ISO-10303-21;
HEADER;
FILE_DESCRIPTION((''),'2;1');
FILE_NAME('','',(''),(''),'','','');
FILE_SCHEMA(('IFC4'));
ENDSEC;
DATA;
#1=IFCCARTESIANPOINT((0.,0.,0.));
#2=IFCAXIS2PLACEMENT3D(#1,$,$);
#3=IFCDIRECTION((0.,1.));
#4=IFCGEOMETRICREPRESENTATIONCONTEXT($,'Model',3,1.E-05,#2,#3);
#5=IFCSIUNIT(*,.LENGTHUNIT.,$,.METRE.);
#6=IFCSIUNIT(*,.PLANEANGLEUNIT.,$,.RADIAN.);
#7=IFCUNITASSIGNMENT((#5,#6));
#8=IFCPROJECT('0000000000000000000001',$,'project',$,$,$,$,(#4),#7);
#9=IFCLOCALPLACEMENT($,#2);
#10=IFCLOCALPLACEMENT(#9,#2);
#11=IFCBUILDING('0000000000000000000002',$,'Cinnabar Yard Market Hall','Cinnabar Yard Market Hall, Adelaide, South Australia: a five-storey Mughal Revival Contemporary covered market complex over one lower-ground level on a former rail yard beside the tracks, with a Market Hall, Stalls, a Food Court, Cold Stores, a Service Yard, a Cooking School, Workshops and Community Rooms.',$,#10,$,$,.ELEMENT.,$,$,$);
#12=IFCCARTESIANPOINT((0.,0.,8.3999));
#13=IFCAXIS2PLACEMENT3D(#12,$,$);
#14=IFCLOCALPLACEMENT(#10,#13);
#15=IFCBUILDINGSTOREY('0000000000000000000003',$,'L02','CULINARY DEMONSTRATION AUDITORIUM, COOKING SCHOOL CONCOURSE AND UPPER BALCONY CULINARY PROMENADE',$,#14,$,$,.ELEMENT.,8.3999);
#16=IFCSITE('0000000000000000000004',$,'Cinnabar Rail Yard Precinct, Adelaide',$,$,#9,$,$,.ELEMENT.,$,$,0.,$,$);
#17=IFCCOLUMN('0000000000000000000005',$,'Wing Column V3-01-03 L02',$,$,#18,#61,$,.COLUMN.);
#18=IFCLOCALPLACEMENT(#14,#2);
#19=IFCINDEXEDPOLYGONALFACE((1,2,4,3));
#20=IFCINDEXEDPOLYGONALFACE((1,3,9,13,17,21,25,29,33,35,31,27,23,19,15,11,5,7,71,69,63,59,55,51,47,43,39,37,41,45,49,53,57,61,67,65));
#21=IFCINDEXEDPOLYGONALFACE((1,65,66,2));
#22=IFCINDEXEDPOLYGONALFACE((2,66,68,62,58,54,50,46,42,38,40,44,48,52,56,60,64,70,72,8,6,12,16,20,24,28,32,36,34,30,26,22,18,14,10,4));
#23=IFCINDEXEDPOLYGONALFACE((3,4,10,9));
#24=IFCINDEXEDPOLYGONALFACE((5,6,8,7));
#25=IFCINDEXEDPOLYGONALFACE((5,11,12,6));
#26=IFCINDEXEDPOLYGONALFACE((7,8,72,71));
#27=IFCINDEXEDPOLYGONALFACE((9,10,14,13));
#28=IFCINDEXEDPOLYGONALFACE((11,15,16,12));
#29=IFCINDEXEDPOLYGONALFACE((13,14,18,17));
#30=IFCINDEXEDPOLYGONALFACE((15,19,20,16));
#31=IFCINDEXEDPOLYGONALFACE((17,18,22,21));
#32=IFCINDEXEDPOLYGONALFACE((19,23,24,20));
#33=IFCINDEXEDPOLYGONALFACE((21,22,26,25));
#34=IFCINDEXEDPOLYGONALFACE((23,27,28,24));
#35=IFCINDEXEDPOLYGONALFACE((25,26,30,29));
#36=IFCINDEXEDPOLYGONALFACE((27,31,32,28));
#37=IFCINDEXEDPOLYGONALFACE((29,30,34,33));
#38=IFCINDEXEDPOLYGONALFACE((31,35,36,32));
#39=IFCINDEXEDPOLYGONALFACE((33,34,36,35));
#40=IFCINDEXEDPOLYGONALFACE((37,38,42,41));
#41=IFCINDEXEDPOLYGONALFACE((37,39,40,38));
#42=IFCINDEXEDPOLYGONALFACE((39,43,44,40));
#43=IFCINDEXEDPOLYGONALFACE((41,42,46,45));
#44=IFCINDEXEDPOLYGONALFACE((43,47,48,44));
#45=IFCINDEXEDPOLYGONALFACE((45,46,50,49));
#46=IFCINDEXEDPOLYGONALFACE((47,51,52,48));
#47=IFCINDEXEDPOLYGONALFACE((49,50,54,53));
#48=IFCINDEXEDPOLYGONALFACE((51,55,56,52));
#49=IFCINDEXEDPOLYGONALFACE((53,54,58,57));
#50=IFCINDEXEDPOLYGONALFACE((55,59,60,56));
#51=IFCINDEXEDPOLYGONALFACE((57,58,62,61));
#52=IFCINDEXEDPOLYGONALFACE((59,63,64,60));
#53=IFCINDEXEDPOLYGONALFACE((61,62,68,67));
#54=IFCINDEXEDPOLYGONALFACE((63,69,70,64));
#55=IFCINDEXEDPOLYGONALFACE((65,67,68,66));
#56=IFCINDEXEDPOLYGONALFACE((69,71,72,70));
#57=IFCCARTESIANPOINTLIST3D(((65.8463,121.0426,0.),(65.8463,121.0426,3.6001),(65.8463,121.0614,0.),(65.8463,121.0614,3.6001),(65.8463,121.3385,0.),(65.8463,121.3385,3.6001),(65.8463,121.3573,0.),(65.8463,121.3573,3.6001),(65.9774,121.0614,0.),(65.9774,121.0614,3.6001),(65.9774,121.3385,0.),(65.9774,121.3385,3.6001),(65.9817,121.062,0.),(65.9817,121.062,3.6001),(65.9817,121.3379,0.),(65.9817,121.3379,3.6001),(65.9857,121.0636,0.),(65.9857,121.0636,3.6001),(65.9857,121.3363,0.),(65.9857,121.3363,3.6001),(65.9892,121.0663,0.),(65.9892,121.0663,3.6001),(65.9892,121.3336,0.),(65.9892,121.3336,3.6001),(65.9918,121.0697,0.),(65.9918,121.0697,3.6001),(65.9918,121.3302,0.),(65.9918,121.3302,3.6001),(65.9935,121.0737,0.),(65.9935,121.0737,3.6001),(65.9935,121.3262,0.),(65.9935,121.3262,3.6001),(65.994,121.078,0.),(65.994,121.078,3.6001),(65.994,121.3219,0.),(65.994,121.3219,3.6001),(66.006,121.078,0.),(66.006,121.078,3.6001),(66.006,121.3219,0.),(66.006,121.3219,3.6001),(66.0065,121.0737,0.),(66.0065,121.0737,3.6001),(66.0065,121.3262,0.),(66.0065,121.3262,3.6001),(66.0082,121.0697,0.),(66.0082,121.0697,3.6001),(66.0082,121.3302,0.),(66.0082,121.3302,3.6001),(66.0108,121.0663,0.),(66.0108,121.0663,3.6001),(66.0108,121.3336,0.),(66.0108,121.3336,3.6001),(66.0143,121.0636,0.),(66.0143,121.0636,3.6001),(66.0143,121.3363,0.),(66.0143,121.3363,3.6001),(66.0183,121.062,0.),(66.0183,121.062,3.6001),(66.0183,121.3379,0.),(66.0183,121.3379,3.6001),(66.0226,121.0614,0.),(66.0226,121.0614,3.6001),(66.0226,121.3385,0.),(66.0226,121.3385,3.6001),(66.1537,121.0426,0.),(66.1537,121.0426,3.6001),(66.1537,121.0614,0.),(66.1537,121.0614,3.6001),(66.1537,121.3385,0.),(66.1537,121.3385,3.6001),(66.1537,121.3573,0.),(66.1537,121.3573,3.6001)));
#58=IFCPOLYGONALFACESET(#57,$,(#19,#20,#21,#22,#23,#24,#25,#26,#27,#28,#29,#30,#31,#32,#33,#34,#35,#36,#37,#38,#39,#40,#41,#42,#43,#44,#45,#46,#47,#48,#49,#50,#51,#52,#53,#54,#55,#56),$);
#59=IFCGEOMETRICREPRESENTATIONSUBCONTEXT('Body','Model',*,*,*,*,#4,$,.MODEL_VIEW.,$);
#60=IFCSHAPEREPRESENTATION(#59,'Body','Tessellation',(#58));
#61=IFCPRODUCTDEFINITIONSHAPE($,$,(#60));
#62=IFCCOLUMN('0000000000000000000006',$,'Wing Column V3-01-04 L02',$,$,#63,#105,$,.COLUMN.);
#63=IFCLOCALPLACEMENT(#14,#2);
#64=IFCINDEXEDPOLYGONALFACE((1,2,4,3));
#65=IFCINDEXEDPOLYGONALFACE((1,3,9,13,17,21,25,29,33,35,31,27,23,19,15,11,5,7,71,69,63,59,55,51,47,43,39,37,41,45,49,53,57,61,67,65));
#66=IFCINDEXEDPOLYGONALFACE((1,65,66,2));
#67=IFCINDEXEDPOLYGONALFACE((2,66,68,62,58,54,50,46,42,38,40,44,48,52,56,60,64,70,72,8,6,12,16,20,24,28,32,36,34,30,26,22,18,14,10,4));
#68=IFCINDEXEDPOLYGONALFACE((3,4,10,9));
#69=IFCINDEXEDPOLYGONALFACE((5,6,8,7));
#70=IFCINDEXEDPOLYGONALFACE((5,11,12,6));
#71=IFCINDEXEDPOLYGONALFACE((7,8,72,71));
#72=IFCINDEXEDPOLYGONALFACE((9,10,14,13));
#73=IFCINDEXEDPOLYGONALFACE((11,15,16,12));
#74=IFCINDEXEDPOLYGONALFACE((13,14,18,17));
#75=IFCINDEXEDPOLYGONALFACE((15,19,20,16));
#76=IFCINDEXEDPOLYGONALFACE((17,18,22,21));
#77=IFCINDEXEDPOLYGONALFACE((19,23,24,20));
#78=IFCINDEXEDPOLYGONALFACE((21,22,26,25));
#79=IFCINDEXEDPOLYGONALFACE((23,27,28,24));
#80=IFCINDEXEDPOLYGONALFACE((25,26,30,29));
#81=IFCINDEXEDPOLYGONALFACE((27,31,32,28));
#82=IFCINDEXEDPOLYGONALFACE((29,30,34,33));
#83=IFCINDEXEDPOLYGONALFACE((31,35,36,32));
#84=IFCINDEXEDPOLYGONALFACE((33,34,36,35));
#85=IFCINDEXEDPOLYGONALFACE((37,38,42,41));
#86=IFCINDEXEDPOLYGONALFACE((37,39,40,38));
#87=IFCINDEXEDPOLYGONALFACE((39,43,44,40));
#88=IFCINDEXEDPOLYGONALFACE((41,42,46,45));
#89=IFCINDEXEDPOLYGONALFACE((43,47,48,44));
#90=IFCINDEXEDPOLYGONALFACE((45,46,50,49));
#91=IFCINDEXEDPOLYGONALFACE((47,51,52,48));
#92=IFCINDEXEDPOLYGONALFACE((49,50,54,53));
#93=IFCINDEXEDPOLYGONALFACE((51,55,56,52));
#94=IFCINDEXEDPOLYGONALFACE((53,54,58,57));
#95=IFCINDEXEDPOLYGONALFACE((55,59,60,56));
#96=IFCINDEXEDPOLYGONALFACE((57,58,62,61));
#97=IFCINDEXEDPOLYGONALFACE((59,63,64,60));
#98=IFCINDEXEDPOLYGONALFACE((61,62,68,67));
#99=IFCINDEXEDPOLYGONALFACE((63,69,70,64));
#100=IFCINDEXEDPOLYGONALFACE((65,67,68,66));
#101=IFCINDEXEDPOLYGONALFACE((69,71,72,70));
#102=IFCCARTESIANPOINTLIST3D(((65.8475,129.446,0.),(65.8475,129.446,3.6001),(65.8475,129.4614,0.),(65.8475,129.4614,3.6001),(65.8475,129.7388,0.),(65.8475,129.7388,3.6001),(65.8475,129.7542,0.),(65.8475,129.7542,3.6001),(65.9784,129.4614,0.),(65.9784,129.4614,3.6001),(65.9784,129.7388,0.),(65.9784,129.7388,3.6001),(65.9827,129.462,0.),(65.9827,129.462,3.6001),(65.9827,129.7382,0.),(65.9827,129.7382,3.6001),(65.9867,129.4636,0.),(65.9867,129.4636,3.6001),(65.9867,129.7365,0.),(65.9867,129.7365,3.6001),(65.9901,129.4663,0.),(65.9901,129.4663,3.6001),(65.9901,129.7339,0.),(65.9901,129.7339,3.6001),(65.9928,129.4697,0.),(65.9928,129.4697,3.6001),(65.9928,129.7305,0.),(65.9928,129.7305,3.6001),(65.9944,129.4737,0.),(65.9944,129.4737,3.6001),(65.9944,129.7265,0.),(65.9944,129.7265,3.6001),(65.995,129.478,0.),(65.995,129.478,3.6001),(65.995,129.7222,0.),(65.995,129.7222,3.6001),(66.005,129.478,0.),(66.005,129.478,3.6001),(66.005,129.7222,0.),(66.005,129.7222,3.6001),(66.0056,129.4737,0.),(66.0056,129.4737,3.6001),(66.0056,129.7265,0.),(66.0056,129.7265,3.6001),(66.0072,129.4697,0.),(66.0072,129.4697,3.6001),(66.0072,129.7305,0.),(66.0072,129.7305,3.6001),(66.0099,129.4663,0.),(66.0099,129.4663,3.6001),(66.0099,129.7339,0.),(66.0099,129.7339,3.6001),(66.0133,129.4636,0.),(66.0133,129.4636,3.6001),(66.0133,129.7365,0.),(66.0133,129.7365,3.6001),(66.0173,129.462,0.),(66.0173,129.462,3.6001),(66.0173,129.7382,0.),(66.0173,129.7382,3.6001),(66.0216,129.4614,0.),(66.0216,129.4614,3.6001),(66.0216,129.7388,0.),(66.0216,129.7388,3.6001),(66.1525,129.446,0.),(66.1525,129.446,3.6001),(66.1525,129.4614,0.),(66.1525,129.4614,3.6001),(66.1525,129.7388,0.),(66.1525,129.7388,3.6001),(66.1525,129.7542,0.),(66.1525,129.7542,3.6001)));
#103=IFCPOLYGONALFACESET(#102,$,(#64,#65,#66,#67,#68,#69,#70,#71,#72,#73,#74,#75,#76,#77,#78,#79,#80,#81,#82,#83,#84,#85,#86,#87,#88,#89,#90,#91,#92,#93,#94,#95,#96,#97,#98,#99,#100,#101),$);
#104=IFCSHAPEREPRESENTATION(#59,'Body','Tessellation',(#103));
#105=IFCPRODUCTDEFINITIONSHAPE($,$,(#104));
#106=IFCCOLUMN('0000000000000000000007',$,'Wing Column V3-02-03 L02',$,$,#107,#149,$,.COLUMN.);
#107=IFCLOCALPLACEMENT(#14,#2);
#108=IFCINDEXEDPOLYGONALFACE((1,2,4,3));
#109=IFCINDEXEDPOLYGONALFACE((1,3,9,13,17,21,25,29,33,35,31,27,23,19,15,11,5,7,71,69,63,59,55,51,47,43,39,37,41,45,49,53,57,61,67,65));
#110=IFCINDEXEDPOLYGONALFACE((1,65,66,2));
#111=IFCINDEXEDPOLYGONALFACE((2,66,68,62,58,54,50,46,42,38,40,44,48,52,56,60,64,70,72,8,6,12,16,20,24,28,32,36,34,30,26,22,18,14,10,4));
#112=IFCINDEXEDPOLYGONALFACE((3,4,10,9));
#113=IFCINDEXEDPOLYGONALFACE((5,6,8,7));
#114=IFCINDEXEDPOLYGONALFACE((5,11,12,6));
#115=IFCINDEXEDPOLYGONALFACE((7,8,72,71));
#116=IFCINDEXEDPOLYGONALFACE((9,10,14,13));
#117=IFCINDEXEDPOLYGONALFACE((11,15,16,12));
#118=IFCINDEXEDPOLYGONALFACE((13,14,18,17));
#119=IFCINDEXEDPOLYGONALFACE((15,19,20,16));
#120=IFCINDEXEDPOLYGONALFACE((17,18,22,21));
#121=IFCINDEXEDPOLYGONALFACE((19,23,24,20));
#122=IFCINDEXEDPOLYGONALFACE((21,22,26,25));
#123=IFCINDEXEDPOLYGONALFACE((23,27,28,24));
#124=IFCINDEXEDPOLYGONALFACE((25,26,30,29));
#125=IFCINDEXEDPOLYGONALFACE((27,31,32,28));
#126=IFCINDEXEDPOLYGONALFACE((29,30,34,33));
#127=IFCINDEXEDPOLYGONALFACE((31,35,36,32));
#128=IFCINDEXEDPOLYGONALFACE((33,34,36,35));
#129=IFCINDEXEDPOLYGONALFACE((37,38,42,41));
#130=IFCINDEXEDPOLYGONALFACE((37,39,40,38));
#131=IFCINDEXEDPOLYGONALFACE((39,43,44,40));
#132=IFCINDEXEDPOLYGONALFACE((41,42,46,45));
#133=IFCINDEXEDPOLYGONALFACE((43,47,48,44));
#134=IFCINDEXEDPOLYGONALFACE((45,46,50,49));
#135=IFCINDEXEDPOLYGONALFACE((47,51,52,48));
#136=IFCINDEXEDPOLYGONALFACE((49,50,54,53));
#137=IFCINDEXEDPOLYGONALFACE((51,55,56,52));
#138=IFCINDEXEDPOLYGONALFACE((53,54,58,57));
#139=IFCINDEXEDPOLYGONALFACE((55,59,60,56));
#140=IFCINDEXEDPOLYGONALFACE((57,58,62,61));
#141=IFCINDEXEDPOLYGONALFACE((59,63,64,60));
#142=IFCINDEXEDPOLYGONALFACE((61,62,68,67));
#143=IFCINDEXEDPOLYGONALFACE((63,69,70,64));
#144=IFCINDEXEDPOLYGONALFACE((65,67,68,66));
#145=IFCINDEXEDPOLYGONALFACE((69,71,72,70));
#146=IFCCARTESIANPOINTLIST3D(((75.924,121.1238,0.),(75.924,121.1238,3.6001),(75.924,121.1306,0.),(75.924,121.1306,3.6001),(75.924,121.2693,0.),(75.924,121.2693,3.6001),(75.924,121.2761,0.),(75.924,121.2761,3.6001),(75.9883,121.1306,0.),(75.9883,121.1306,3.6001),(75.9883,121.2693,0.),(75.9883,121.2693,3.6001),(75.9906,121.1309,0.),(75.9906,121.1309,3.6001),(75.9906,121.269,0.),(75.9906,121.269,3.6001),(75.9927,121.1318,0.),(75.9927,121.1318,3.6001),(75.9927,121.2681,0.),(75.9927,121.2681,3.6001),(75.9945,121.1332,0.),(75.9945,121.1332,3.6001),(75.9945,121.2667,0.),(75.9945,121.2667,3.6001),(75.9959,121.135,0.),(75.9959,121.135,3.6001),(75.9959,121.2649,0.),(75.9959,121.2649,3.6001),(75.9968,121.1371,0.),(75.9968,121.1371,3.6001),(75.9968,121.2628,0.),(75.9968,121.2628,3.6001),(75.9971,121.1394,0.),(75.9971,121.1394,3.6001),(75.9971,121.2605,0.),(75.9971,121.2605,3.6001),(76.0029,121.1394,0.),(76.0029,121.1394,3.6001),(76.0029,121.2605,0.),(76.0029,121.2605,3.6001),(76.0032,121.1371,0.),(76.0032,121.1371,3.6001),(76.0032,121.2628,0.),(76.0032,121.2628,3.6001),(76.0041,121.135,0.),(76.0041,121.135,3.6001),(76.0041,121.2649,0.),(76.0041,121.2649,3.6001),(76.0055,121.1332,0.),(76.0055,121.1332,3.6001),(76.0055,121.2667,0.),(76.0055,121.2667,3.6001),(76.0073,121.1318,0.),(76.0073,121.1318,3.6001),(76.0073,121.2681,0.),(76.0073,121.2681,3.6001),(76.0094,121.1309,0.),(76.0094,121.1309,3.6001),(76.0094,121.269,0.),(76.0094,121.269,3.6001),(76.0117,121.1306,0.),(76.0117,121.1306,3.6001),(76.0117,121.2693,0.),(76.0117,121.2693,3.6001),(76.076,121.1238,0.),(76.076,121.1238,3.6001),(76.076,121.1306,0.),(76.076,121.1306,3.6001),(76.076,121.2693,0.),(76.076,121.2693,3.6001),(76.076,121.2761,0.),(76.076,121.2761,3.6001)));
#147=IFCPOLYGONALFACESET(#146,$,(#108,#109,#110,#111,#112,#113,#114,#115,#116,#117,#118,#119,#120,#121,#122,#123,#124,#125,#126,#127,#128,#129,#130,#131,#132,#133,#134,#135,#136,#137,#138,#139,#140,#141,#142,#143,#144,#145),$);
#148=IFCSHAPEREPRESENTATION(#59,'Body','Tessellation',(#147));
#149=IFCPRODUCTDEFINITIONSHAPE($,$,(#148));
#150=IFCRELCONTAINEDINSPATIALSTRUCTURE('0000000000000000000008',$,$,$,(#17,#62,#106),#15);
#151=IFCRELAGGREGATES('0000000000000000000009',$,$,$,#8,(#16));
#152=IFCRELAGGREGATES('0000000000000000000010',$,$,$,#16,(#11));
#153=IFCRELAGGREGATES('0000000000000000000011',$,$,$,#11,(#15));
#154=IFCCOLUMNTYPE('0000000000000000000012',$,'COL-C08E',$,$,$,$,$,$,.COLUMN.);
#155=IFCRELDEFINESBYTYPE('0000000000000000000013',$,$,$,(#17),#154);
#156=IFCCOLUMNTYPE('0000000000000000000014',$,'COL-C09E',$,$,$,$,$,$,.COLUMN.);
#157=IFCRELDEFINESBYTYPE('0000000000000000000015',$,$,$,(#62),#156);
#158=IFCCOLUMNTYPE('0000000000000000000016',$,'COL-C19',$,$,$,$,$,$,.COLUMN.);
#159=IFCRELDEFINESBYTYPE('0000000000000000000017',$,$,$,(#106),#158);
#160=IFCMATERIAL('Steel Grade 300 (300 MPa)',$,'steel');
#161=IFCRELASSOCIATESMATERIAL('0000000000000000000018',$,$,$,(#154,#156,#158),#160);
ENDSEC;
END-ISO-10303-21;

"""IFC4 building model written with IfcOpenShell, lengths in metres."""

from ifc_helpers import new_model, si_unit, direction, frame, origin, origin_2d_with_axis, place, context, subcontext, project, spatial, i_section, extrude, material, material_profile, profile_set, type_object, element, save


model = new_model("IFC4")

# Units and contexts
model_context = context("Model", 3, precision=1e-05, world=origin(), true_north=direction((0.0, 1.0)))
body_context = subcontext(model_context, "Body", "Model", "MODEL_VIEW")
ifc_project = project(units=[si_unit("LENGTHUNIT", "METRE"), si_unit("PLANEANGLEUNIT", "RADIAN")], contexts=[model_context])

# Site, building, storey
site_placement = place(None, origin())
site = spatial("IfcSite", under=ifc_project, at=site_placement, Name="Cinnabar Rail Yard Precinct, Adelaide", CompositionType="ELEMENT", RefElevation=0.0)
building_placement = place(site_placement, origin())
building = spatial("IfcBuilding", under=site, at=building_placement, Name="Cinnabar Yard Market Hall", Description="Cinnabar Yard Market Hall, Adelaide, South Australia: a five-storey Mughal Revival Contemporary covered market complex over one lower-ground level on a former rail yard beside the tracks, with a Market Hall, Stalls, a Food Court, Cold Stores, a Service Yard, a Cooking School, Workshops and Community Rooms.", CompositionType="ELEMENT")
storey_placement = place(building_placement, frame((0.0, 0.0, 8.3999)))
storey = spatial("IfcBuildingStorey", under=building, at=storey_placement, Name="L02", Description="CULINARY DEMONSTRATION AUDITORIUM, COOKING SCHOOL CONCOURSE AND UPPER BALCONY CULINARY PROMENADE", CompositionType="ELEMENT", Elevation=8.3999)

# Columns
ifc_material_1 = material(Name="Steel Grade 300 (300 MPa)", Category="steel")
ifc_material_profile_1 = material_profile(ifc_material_1, i_section(OverallWidth=0.3074, OverallDepth=0.3147, WebThickness=0.012, FlangeThickness=0.0188, FilletRadius=0.0166, at=origin_2d_with_axis()), Name="310UC118")
ifc_profile_set_1 = profile_set([ifc_material_profile_1], Name="Steel Grade 300 (300 MPa)")
column_type_1 = type_object("IfcColumnType", Name="COL-C08E", PredefinedType="COLUMN", material=ifc_profile_set_1)
column_1_placement = place(storey_placement, frame((66.0, 121.2, 0.0), z_axis=(0.0, 0.0, 1.0), x_axis=(1.0, 0.0, 0.0)))
element("IfcColumn", 1, at=column_1_placement, inside=storey, type_object=column_type_1, Name="Wing Column V3-01-03 L02", PredefinedType="COLUMN", context=body_context, shape_type="SweptSolid", body=[
    extrude(i_section(OverallWidth=0.3074, OverallDepth=0.3147, WebThickness=0.012, FlangeThickness=0.0188, FilletRadius=0.0166, at=origin_2d_with_axis()), origin(), (0.0, 0.0, 1.0), 3.6001),
])
ifc_material_profile_2 = material_profile(ifc_material_1, i_section(OverallWidth=0.3049, OverallDepth=0.3081, WebThickness=0.01, FlangeThickness=0.0154, FilletRadius=0.0166, at=origin_2d_with_axis()), Name="310UC96.8")
ifc_profile_set_2 = profile_set([ifc_material_profile_2], Name="Steel Grade 300 (300 MPa)")
column_type_2 = type_object("IfcColumnType", Name="COL-C09E", PredefinedType="COLUMN", material=ifc_profile_set_2)
column_2_placement = place(storey_placement, frame((66.0, 129.6001, 0.0), z_axis=(0.0, 0.0, 1.0), x_axis=(1.0, 0.0, 0.0)))
element("IfcColumn", 2, at=column_2_placement, inside=storey, type_object=column_type_2, Name="Wing Column V3-01-04 L02", PredefinedType="COLUMN", context=body_context, shape_type="SweptSolid", body=[
    extrude(i_section(OverallWidth=0.3049, OverallDepth=0.3081, WebThickness=0.01, FlangeThickness=0.0154, FilletRadius=0.0166, at=origin_2d_with_axis()), origin(), (0.0, 0.0, 1.0), 3.6001),
])
ifc_material_profile_3 = material_profile(ifc_material_1, i_section(OverallWidth=0.1521, OverallDepth=0.1523, WebThickness=0.0059, FlangeThickness=0.0068, FilletRadius=0.0088, at=origin_2d_with_axis()), Name="150UC23.4")
ifc_profile_set_3 = profile_set([ifc_material_profile_3], Name="Steel Grade 300 (300 MPa)")
column_type_3 = type_object("IfcColumnType", Name="COL-C19", PredefinedType="COLUMN", material=ifc_profile_set_3)
column_3_placement = place(storey_placement, frame((76.0, 121.2, 0.0), z_axis=(0.0, 0.0, 1.0), x_axis=(1.0, 0.0, 0.0)))
element("IfcColumn", 3, at=column_3_placement, inside=storey, type_object=column_type_3, Name="Wing Column V3-02-03 L02", PredefinedType="COLUMN", context=body_context, shape_type="SweptSolid", body=[
    extrude(i_section(OverallWidth=0.1521, OverallDepth=0.1523, WebThickness=0.0059, FlangeThickness=0.0068, FilletRadius=0.0088, at=origin_2d_with_axis()), origin(), (0.0, 0.0, 1.0), 3.6001),
])

save(model, "model.ifc")
